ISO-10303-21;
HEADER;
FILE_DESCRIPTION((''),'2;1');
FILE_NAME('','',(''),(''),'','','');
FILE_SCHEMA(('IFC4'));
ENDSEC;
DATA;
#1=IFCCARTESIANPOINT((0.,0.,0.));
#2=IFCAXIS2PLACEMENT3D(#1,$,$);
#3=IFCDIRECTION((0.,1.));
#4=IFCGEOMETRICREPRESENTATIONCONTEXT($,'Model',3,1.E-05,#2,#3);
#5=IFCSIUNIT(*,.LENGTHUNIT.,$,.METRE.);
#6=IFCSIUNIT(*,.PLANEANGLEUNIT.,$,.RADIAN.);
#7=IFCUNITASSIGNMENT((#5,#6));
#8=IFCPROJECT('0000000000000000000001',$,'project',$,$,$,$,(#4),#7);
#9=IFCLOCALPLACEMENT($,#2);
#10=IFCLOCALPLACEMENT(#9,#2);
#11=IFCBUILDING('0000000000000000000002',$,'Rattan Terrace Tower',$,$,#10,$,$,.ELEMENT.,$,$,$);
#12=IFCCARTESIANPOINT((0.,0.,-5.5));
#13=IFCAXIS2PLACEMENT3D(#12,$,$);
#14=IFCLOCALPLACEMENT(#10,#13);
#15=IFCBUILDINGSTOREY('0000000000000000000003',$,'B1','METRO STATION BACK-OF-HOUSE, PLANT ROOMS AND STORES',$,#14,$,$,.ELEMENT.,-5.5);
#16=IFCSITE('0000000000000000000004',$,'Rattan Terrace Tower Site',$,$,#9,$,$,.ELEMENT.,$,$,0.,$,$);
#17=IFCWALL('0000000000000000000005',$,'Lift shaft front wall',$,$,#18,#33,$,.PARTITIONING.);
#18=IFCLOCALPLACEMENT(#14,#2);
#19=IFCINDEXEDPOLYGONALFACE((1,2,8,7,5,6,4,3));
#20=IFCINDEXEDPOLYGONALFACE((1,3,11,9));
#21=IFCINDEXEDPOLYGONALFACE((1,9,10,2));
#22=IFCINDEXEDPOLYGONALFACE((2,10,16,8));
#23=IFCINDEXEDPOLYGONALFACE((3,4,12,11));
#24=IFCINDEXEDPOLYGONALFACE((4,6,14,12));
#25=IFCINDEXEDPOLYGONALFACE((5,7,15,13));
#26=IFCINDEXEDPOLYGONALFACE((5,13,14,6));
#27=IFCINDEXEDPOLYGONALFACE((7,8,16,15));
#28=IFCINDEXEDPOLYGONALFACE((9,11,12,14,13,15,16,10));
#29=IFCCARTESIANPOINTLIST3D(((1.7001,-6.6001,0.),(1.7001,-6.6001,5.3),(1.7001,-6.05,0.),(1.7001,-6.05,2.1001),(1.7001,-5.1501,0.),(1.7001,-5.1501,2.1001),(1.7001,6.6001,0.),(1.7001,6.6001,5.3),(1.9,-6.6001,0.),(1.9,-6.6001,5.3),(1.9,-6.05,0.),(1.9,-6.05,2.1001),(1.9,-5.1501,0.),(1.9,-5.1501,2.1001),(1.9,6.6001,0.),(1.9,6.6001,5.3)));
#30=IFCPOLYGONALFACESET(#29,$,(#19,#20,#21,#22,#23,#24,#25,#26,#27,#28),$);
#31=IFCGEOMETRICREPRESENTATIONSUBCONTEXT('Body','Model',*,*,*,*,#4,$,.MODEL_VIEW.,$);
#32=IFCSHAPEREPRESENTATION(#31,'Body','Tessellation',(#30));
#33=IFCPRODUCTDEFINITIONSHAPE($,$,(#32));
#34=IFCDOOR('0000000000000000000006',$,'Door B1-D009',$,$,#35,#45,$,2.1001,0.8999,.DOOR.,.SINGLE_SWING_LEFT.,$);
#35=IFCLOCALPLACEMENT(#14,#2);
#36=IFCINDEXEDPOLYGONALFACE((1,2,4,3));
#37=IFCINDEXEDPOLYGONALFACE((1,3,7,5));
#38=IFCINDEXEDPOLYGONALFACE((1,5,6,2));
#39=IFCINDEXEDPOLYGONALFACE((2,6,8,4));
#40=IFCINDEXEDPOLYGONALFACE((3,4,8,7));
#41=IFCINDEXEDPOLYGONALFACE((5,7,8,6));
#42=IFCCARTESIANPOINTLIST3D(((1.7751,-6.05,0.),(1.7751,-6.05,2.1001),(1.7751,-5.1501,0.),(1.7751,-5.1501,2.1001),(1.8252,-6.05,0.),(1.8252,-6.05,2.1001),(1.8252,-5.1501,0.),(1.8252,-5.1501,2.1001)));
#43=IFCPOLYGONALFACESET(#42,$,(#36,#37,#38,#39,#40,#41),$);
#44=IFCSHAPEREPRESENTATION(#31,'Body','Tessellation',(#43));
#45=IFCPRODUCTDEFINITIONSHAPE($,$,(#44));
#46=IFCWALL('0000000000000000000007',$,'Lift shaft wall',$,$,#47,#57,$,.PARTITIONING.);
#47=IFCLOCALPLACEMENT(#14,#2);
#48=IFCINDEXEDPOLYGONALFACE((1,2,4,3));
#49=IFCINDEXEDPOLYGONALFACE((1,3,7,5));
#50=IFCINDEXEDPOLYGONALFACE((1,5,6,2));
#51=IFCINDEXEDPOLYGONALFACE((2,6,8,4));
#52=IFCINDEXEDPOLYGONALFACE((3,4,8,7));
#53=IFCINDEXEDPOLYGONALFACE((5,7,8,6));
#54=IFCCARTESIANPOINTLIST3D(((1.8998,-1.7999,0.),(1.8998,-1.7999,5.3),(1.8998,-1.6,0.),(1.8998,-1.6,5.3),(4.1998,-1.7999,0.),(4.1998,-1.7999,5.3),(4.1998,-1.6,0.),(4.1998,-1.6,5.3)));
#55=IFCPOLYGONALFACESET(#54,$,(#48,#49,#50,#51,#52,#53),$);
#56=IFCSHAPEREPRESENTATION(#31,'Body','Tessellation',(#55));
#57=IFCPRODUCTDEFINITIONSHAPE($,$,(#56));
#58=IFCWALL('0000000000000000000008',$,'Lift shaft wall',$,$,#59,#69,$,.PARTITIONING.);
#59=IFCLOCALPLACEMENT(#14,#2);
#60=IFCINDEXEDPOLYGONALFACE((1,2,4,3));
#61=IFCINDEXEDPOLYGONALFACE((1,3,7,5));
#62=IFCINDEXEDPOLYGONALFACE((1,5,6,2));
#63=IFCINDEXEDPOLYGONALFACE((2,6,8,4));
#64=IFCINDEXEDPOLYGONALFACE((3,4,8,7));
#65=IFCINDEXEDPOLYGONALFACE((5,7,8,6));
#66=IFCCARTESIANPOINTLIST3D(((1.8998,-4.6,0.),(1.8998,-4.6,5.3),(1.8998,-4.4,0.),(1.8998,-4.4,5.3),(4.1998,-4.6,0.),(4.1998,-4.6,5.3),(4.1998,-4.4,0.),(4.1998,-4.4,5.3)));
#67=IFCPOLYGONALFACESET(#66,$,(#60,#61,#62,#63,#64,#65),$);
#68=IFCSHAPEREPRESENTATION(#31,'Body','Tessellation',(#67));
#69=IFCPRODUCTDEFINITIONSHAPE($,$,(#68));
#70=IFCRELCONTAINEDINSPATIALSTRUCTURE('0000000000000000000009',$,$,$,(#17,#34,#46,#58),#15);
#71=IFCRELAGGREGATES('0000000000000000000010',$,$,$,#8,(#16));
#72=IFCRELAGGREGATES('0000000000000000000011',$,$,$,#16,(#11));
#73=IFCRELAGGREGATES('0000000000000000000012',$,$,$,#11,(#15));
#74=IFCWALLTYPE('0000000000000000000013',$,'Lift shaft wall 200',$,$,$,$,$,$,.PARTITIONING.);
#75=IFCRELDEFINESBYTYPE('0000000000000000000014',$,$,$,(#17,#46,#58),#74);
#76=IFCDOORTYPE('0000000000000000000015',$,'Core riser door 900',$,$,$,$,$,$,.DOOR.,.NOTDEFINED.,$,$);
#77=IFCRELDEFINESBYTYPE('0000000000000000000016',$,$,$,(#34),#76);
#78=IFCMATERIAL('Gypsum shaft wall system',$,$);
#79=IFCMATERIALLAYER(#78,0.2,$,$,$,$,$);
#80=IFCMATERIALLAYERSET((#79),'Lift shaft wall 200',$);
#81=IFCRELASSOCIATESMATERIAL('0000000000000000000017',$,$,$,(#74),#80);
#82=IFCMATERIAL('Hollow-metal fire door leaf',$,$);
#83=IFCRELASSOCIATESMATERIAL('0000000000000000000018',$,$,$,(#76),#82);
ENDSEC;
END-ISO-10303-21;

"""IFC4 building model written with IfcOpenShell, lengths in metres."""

from ifc_helpers import new_model, si_unit, direction, frame, frame_2d, origin, place, context, subcontext, project, spatial, rectangle, extrude, material, layer, layer_set, type_object, element, fill, save


model = new_model("IFC4")

# Units and contexts
model_context = context("Model", 3, precision=1e-05, world=origin(), true_north=direction((0.0, 1.0)))
body_context = subcontext(model_context, "Body", "Model", "MODEL_VIEW")
ifc_project = project(units=[si_unit("LENGTHUNIT", "METRE"), si_unit("PLANEANGLEUNIT", "RADIAN")], contexts=[model_context])

# Site, building, storey
site_placement = place(None, origin())
site = spatial("IfcSite", under=ifc_project, at=site_placement, Name="Rattan Terrace Tower Site", CompositionType="ELEMENT", RefElevation=0.0)
building_placement = place(site_placement, origin())
building = spatial("IfcBuilding", under=site, at=building_placement, Name="Rattan Terrace Tower", CompositionType="ELEMENT")
storey_placement = place(building_placement, frame((0.0, 0.0, -5.5)))
storey = spatial("IfcBuildingStorey", under=building, at=storey_placement, Name="B1", Description="METRO STATION BACK-OF-HOUSE, PLANT ROOMS AND STORES", CompositionType="ELEMENT", Elevation=-5.5)

# Wall, opening, door
ifc_material_1 = material(Name="Gypsum shaft wall system")
ifc_layer_1 = layer(ifc_material_1, 0.2)
ifc_layer_set_1 = layer_set([ifc_layer_1], Name="Lift shaft wall 200")
wall_type_1 = type_object("IfcWallType", Name="Lift shaft wall 200", PredefinedType="PARTITIONING", material=ifc_layer_set_1)
wall_1_placement = place(storey_placement, frame((1.8, -6.6001, 0.0), z_axis=(0.0, 0.0, 1.0), x_axis=(0.0, 1.0, 0.0)))
wall_1 = element("IfcWall", 1, at=wall_1_placement, inside=storey, type_object=wall_type_1, Name="Lift shaft front wall", PredefinedType="PARTITIONING", context=body_context, shape_type="SweptSolid", body=[
    extrude(rectangle(XDim=13.2002, YDim=0.2, at=frame_2d((6.6001, 0.0))), origin(), (0.0, 0.0, 1.0), 5.3),
])
opening_1_placement = place(wall_1_placement, frame((0.55, 0.0, 0.0)))
opening_1 = element("IfcOpeningElement", 2, at=opening_1_placement, cuts=wall_1, PredefinedType="OPENING", context=body_context, shape_type="SweptSolid", body=[
    extrude(rectangle(XDim=0.8999, YDim=2.1001, at=frame_2d((0.45, 1.05))), frame((0.0, 0.1106, 0.0), z_axis=(0.0, -1.0, 0.0), x_axis=(1.0, 0.0, 0.0)), (0.0, 0.0, 1.0), 0.2209),
])
ifc_material_2 = material(Name="Hollow-metal fire door leaf")
door_type_1 = type_object("IfcDoorType", Name="Core riser door 900", OperationType="NOTDEFINED", PredefinedType="DOOR", material=ifc_material_2)
door_1_placement = place(opening_1_placement, origin())
door_1 = element("IfcDoor", 3, at=door_1_placement, inside=storey, type_object=door_type_1, Name="Door B1-D009", OperationType="SINGLE_SWING_LEFT", OverallHeight=2.1001, OverallWidth=0.8999, PredefinedType="DOOR", context=body_context, shape_type="SweptSolid", body=[
    extrude(rectangle(XDim=0.8999, YDim=2.1001, at=frame_2d((0.45, 1.05))), frame((0.0, 0.0249, 0.0), z_axis=(0.0, -1.0, 0.0), x_axis=(1.0, 0.0, 0.0)), (0.0, 0.0, 1.0), 0.05),
])
fill(opening_1, door_1)

# Walls
for number, where, z_axis, x_axis, name in (
    (4, (1.8999, -1.7, 0.0), (0.0, 0.0, 1.0), (1.0, 0.0, 0.0), "Lift shaft wall"),
    (5, (1.8999, -4.5, 0.0), (0.0, 0.0, 1.0), (1.0, 0.0, 0.0), "Lift shaft wall"),
):
    element("IfcWall", number, at=place(storey_placement, frame(where, z_axis=z_axis, x_axis=x_axis)), inside=storey, type_object=wall_type_1, Name=name, PredefinedType="PARTITIONING", context=body_context, shape_type="SweptSolid", body=[
        extrude(rectangle(XDim=2.3, YDim=0.2, at=frame_2d((1.1499, 0.0))), origin(), (0.0, 0.0, 1.0), 5.3),
    ])

save(model, "model.ifc")
